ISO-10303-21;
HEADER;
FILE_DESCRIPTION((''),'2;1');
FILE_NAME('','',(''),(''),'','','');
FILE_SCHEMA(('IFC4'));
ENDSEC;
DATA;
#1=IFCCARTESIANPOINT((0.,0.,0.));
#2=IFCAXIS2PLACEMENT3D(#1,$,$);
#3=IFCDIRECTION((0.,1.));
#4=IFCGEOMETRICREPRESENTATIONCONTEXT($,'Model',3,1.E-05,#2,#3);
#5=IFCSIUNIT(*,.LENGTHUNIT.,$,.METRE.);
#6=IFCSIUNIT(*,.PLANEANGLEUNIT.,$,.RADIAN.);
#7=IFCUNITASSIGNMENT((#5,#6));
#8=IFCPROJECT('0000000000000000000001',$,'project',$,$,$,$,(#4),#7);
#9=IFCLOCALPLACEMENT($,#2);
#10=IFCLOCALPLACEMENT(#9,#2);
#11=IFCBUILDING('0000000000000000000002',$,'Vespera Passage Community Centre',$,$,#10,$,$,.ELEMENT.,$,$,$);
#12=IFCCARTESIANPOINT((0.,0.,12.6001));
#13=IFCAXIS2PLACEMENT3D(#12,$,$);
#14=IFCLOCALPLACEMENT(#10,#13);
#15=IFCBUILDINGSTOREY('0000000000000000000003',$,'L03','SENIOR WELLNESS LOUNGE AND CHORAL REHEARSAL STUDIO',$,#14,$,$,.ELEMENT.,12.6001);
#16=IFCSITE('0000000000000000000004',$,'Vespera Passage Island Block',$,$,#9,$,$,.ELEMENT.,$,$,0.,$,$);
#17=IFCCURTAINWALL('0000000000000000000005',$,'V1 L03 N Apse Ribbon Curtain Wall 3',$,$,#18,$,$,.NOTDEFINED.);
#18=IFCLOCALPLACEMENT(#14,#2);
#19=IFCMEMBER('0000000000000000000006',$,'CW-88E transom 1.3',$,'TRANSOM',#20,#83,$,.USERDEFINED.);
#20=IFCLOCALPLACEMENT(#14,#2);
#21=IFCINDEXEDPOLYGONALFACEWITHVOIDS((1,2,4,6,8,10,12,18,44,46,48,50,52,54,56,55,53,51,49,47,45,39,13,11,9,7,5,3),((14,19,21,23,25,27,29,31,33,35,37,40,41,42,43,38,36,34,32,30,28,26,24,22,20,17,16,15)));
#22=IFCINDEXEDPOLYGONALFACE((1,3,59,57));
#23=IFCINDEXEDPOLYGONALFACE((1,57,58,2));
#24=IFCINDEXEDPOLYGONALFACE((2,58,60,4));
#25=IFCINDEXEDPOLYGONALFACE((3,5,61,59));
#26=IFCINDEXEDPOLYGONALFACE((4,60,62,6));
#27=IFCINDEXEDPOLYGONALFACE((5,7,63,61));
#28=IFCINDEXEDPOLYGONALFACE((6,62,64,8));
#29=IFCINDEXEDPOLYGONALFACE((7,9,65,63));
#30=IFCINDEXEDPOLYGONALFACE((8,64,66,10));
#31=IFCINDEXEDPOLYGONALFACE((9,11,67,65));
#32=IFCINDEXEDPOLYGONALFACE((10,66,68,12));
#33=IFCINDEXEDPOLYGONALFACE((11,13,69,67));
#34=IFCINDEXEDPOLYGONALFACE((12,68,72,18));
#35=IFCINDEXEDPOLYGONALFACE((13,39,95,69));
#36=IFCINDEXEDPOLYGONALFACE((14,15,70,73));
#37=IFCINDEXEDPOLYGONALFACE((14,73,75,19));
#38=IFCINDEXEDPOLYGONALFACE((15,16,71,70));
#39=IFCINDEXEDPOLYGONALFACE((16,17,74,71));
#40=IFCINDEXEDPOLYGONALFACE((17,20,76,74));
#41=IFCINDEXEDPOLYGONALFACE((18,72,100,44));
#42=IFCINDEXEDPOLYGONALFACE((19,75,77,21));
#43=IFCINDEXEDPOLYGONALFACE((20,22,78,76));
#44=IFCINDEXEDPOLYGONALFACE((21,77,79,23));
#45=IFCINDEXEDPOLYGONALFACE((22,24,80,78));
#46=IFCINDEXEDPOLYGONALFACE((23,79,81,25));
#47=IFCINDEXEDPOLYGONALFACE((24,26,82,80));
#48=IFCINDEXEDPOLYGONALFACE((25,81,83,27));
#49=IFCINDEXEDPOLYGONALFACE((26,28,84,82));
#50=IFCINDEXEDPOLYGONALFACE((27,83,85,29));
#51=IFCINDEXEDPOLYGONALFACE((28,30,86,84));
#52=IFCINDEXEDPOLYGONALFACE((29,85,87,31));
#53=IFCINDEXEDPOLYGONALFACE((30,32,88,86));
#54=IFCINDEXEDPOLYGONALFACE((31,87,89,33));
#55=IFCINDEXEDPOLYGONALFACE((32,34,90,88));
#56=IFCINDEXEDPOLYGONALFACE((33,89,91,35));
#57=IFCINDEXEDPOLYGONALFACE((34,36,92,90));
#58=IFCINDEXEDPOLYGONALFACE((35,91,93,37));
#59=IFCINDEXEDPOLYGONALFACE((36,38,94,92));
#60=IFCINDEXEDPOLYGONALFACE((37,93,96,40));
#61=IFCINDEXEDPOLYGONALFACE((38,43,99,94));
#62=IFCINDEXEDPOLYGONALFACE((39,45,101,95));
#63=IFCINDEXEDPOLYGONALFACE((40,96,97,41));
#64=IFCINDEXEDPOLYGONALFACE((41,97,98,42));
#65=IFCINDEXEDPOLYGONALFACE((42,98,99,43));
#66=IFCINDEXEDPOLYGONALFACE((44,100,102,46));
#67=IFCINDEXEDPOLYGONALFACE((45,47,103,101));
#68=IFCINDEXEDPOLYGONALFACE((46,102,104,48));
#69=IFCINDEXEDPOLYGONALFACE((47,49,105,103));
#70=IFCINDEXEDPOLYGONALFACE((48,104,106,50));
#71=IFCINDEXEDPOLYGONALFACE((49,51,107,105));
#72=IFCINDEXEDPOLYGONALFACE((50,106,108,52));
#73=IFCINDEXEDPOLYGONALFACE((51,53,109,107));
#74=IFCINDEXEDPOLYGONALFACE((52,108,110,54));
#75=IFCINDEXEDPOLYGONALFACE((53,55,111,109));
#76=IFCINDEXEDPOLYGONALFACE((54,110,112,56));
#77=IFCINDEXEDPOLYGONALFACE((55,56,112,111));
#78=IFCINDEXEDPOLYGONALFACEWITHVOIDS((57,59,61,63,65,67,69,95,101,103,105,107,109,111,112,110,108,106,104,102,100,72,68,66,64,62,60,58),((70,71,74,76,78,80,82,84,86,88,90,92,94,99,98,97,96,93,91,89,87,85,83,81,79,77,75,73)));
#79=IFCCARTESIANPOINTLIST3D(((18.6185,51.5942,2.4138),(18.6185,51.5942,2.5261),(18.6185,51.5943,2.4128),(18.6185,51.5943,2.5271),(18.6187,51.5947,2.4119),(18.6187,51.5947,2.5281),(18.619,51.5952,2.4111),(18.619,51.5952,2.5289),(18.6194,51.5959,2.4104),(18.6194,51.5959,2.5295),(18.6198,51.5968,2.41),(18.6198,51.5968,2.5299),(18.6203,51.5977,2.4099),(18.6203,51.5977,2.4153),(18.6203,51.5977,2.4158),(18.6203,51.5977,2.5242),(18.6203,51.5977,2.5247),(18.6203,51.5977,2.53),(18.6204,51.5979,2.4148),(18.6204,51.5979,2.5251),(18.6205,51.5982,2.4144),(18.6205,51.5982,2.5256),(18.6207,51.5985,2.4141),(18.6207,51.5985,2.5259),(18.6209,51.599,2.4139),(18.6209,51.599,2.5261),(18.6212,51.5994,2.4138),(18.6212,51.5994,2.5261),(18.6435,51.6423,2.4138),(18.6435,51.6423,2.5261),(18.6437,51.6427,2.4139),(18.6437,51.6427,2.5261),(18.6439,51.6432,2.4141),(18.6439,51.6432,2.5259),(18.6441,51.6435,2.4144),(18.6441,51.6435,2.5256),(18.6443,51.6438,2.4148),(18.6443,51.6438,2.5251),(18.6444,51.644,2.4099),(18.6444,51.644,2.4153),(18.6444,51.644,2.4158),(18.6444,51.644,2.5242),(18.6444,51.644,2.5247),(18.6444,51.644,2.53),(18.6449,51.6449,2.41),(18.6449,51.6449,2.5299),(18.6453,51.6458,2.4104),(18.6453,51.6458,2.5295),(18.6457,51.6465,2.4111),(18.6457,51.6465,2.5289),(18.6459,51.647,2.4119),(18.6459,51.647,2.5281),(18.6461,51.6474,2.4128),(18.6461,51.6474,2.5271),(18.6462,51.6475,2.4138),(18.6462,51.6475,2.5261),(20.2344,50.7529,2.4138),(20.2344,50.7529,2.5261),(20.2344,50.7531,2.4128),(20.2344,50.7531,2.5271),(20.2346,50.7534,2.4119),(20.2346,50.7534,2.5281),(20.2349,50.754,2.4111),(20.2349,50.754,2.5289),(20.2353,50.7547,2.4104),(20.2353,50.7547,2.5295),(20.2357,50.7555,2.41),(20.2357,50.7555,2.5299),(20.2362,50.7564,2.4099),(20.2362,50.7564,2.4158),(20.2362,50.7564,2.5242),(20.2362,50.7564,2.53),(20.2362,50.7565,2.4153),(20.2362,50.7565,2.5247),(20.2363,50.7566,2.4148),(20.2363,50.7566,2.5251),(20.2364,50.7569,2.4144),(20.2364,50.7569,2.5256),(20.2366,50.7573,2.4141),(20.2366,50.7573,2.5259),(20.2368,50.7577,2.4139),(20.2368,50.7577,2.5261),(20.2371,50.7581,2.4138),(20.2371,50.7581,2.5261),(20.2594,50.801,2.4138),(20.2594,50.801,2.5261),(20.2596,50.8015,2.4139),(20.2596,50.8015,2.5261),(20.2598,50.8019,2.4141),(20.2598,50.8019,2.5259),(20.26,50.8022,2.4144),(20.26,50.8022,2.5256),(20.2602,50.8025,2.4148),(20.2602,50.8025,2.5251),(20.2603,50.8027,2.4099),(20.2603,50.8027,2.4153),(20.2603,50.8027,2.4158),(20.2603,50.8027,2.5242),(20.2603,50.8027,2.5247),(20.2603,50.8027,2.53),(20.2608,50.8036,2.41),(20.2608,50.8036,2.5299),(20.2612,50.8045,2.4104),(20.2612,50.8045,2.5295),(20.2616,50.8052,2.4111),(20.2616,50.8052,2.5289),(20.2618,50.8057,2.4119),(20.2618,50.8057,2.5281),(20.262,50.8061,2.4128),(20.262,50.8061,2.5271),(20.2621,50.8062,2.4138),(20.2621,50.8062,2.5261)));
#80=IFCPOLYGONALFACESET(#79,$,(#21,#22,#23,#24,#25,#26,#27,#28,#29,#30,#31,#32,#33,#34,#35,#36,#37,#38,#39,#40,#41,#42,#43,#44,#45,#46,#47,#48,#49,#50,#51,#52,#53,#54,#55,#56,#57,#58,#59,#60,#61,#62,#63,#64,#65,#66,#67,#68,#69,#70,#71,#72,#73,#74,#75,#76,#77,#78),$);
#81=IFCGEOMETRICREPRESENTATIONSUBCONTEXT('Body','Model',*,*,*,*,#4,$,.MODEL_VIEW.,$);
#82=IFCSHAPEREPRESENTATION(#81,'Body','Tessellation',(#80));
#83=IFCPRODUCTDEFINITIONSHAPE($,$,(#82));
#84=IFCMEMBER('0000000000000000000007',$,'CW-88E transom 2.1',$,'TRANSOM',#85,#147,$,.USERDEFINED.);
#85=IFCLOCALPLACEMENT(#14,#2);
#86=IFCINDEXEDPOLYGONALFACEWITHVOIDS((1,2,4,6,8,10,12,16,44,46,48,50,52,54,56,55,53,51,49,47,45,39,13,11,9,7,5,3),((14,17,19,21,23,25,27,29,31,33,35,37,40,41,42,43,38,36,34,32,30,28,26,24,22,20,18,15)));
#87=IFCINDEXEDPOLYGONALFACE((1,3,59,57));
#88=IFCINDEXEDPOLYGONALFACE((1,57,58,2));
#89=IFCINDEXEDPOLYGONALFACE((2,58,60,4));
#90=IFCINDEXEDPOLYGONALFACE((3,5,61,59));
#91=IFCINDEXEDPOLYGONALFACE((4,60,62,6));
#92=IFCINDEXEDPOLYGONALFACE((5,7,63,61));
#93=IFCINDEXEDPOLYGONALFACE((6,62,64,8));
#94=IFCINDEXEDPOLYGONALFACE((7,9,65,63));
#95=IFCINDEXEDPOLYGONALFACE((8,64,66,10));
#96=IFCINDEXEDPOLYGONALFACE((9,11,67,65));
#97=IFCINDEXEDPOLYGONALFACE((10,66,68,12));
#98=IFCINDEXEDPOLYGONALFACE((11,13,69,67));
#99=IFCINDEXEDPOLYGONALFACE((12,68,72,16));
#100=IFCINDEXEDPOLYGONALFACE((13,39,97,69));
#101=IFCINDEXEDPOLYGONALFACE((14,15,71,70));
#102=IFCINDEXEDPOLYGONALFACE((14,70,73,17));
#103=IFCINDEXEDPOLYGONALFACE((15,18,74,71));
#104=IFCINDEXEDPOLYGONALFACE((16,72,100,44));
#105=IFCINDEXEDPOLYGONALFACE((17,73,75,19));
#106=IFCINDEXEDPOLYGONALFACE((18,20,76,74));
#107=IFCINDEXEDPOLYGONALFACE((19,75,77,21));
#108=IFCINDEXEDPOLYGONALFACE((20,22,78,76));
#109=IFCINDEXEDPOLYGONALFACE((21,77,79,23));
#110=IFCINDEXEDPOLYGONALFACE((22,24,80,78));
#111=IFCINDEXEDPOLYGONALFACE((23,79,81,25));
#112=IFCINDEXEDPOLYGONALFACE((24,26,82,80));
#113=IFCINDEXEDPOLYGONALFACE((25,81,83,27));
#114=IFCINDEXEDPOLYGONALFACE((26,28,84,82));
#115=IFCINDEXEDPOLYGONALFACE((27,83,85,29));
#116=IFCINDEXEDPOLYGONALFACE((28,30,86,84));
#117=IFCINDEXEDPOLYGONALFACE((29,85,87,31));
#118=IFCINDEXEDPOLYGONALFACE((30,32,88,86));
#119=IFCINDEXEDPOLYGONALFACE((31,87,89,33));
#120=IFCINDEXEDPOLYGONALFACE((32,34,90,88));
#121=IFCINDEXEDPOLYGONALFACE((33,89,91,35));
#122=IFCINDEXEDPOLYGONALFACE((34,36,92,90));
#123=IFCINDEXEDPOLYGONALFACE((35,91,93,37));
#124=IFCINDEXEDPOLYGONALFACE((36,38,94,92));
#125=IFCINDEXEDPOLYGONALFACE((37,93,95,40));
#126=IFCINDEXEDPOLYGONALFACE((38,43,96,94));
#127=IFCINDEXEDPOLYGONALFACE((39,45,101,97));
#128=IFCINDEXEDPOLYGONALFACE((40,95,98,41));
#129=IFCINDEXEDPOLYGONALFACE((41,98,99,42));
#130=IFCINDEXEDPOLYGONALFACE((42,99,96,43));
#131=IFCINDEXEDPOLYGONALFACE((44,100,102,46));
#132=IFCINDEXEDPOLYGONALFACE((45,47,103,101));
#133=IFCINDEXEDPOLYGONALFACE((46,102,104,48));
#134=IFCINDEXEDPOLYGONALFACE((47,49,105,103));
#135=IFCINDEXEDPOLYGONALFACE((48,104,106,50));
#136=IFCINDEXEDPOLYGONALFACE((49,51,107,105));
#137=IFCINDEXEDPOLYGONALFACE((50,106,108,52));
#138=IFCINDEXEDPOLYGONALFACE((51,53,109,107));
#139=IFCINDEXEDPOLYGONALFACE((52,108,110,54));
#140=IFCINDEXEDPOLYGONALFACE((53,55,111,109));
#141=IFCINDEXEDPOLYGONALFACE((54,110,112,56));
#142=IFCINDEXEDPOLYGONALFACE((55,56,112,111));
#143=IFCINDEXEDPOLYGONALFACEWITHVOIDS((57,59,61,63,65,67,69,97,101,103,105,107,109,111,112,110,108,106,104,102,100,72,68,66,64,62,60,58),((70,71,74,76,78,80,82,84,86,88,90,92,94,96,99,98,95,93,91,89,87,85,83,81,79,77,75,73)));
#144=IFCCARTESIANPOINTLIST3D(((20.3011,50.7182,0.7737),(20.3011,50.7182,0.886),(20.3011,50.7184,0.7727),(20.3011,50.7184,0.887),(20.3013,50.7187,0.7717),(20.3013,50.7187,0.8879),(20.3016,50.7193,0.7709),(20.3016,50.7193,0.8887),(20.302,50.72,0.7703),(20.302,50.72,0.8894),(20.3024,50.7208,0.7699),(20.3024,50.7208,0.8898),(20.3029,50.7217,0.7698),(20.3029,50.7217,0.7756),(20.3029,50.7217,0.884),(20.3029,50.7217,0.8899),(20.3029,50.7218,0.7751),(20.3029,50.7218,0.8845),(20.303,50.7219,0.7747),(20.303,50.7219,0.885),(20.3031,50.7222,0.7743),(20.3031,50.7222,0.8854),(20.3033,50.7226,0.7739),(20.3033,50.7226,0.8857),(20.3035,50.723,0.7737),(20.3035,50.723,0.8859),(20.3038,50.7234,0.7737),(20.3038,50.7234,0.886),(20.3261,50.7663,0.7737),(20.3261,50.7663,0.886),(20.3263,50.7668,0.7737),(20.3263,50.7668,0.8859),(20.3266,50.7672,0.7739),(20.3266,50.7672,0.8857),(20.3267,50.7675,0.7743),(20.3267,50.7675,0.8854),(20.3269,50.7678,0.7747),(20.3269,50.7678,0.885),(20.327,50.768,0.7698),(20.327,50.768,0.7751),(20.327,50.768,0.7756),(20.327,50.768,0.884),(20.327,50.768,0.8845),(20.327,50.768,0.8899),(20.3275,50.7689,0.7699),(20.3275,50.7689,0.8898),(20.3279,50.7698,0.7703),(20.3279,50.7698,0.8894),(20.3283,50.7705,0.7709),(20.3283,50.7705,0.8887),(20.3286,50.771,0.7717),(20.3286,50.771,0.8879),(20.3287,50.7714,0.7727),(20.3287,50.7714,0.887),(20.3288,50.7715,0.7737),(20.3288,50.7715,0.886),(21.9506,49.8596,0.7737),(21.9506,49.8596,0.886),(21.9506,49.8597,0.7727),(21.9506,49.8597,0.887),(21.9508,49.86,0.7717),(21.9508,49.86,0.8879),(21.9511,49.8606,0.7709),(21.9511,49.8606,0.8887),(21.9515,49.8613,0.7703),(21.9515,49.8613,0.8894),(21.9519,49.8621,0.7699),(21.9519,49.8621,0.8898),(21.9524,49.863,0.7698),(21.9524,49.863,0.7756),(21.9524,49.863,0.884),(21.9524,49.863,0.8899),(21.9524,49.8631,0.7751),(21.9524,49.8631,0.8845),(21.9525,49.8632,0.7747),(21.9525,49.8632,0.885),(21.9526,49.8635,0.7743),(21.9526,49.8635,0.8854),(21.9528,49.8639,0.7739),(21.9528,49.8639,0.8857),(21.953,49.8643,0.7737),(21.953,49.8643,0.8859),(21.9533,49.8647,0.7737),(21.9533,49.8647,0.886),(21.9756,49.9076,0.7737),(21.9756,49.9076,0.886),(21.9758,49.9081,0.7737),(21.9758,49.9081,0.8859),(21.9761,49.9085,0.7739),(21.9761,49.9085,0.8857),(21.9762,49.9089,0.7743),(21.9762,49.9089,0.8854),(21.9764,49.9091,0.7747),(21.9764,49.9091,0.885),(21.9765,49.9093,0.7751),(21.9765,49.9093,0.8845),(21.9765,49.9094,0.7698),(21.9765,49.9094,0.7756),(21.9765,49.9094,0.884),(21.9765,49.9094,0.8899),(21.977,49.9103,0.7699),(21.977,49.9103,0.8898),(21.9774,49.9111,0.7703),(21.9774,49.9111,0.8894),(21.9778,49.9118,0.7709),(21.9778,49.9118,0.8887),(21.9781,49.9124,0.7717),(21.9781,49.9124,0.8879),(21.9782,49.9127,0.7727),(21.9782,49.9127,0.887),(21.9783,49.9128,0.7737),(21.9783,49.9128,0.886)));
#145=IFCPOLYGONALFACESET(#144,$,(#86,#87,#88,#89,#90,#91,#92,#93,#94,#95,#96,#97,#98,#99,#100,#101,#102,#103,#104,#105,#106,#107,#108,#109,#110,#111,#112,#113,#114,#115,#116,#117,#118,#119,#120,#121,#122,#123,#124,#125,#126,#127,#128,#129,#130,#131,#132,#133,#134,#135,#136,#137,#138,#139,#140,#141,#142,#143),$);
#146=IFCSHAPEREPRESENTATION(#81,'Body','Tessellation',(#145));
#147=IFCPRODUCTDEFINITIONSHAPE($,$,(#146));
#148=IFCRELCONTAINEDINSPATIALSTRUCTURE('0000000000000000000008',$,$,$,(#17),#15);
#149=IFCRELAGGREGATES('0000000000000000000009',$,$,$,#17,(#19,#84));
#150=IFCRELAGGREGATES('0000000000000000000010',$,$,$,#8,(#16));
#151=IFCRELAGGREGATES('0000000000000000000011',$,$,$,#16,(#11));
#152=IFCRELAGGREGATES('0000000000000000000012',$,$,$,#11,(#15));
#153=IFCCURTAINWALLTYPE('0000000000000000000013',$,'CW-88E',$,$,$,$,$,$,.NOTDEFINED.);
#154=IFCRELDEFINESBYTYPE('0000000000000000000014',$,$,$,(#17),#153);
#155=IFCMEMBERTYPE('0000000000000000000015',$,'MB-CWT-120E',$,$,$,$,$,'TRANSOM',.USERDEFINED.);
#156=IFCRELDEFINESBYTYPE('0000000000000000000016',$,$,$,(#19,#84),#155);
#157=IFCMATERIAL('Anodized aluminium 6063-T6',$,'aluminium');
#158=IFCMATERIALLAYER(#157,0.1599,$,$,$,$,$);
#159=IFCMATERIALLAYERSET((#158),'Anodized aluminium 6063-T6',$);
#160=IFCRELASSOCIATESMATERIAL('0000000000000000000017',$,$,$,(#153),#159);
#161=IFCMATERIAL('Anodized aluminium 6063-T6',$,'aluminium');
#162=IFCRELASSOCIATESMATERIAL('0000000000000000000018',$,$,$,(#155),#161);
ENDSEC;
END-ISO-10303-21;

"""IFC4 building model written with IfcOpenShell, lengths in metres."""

from ifc_helpers import new_model, si_unit, direction, frame, origin, origin_2d, place, context, subcontext, project, spatial, hollow_rectangle, extrude, material, layer, layer_set, material_profile, profile_set, type_object, element, aggregate, save


model = new_model("IFC4")

# Units and contexts
model_context = context("Model", 3, precision=1e-05, world=origin(), true_north=direction((0.0, 1.0)))
body_context = subcontext(model_context, "Body", "Model", "MODEL_VIEW")
ifc_project = project(units=[si_unit("LENGTHUNIT", "METRE"), si_unit("PLANEANGLEUNIT", "RADIAN")], contexts=[model_context])

# Site, building, storey
site_placement = place(None, origin())
site = spatial("IfcSite", under=ifc_project, at=site_placement, Name="Vespera Passage Island Block", CompositionType="ELEMENT", RefElevation=0.0)
building_placement = place(site_placement, origin())
building = spatial("IfcBuilding", under=site, at=building_placement, Name="Vespera Passage Community Centre", CompositionType="ELEMENT")
storey_placement = place(building_placement, frame((0.0, 0.0, 12.6001)))
storey = spatial("IfcBuildingStorey", under=building, at=storey_placement, Name="L03", Description="SENIOR WELLNESS LOUNGE AND CHORAL REHEARSAL STUDIO", CompositionType="ELEMENT", Elevation=12.6001)

# Shared definitions
ifc_material_1 = material(Name="Anodized aluminium 6063-T6", Category="aluminium")
ifc_layer_1 = layer(ifc_material_1, 0.1599)
ifc_layer_set_1 = layer_set([ifc_layer_1], Name="Anodized aluminium 6063-T6")
curtain_wall_type = type_object("IfcCurtainWallType", Name="CW-88E", PredefinedType="NOTDEFINED", material=ifc_layer_set_1)

# Curtain wall, members
curtain_wall_1_placement = place(storey_placement, origin())
curtain_wall_1 = element("IfcCurtainWall", 1, at=curtain_wall_1_placement, inside=storey, type_object=curtain_wall_type, Name="V1 L03 N Apse Ribbon Curtain Wall 3", PredefinedType="NOTDEFINED")
ifc_material_2 = material(Name="Anodized aluminium 6063-T6", Category="aluminium")
ifc_material_profile_1 = material_profile(ifc_material_2, hollow_rectangle(XDim=0.0601, YDim=0.1201, WallThickness=0.0039, InnerFilletRadius=0.002, OuterFilletRadius=0.0039, at=origin_2d()), Name="ALU120X60X4")
ifc_profile_set_1 = profile_set([ifc_material_profile_1], Name="Anodized aluminium 6063-T6")
member_type_1 = type_object("IfcMemberType", Name="MB-CWT-120E", ElementType="TRANSOM", PredefinedType="USERDEFINED", material=ifc_profile_set_1)
member_1_placement = place(storey_placement, frame((18.6323, 51.6208, 2.47), z_axis=(0.886991, -0.461787, 0.0), x_axis=(0.461787, 0.886991, 0.0)))
member_1 = element("IfcMember", 2, at=member_1_placement, type_object=member_type_1, Name="CW-88E transom 1.3", ObjectType="TRANSOM", PredefinedType="USERDEFINED", context=body_context, shape_type="SweptSolid", body=[
    extrude(hollow_rectangle(XDim=0.0601, YDim=0.1201, WallThickness=0.0039, InnerFilletRadius=0.002, OuterFilletRadius=0.0039, at=origin_2d()), origin(), (0.0, 0.0, 1.0), 1.8218),
])
member_2_placement = place(storey_placement, frame((20.3149, 50.7449, 0.8298), z_axis=(0.887008, -0.461754, 0.0), x_axis=(0.461754, 0.887008, 0.0)))
member_2 = element("IfcMember", 3, at=member_2_placement, type_object=member_type_1, Name="CW-88E transom 2.1", ObjectType="TRANSOM", PredefinedType="USERDEFINED", context=body_context, shape_type="SweptSolid", body=[
    extrude(hollow_rectangle(XDim=0.0601, YDim=0.1201, WallThickness=0.0039, InnerFilletRadius=0.002, OuterFilletRadius=0.0039, at=origin_2d()), origin(), (0.0, 0.0, 1.0), 1.8596),
])
aggregate(curtain_wall_1, [member_1, member_2])

save(model, "model.ifc")
